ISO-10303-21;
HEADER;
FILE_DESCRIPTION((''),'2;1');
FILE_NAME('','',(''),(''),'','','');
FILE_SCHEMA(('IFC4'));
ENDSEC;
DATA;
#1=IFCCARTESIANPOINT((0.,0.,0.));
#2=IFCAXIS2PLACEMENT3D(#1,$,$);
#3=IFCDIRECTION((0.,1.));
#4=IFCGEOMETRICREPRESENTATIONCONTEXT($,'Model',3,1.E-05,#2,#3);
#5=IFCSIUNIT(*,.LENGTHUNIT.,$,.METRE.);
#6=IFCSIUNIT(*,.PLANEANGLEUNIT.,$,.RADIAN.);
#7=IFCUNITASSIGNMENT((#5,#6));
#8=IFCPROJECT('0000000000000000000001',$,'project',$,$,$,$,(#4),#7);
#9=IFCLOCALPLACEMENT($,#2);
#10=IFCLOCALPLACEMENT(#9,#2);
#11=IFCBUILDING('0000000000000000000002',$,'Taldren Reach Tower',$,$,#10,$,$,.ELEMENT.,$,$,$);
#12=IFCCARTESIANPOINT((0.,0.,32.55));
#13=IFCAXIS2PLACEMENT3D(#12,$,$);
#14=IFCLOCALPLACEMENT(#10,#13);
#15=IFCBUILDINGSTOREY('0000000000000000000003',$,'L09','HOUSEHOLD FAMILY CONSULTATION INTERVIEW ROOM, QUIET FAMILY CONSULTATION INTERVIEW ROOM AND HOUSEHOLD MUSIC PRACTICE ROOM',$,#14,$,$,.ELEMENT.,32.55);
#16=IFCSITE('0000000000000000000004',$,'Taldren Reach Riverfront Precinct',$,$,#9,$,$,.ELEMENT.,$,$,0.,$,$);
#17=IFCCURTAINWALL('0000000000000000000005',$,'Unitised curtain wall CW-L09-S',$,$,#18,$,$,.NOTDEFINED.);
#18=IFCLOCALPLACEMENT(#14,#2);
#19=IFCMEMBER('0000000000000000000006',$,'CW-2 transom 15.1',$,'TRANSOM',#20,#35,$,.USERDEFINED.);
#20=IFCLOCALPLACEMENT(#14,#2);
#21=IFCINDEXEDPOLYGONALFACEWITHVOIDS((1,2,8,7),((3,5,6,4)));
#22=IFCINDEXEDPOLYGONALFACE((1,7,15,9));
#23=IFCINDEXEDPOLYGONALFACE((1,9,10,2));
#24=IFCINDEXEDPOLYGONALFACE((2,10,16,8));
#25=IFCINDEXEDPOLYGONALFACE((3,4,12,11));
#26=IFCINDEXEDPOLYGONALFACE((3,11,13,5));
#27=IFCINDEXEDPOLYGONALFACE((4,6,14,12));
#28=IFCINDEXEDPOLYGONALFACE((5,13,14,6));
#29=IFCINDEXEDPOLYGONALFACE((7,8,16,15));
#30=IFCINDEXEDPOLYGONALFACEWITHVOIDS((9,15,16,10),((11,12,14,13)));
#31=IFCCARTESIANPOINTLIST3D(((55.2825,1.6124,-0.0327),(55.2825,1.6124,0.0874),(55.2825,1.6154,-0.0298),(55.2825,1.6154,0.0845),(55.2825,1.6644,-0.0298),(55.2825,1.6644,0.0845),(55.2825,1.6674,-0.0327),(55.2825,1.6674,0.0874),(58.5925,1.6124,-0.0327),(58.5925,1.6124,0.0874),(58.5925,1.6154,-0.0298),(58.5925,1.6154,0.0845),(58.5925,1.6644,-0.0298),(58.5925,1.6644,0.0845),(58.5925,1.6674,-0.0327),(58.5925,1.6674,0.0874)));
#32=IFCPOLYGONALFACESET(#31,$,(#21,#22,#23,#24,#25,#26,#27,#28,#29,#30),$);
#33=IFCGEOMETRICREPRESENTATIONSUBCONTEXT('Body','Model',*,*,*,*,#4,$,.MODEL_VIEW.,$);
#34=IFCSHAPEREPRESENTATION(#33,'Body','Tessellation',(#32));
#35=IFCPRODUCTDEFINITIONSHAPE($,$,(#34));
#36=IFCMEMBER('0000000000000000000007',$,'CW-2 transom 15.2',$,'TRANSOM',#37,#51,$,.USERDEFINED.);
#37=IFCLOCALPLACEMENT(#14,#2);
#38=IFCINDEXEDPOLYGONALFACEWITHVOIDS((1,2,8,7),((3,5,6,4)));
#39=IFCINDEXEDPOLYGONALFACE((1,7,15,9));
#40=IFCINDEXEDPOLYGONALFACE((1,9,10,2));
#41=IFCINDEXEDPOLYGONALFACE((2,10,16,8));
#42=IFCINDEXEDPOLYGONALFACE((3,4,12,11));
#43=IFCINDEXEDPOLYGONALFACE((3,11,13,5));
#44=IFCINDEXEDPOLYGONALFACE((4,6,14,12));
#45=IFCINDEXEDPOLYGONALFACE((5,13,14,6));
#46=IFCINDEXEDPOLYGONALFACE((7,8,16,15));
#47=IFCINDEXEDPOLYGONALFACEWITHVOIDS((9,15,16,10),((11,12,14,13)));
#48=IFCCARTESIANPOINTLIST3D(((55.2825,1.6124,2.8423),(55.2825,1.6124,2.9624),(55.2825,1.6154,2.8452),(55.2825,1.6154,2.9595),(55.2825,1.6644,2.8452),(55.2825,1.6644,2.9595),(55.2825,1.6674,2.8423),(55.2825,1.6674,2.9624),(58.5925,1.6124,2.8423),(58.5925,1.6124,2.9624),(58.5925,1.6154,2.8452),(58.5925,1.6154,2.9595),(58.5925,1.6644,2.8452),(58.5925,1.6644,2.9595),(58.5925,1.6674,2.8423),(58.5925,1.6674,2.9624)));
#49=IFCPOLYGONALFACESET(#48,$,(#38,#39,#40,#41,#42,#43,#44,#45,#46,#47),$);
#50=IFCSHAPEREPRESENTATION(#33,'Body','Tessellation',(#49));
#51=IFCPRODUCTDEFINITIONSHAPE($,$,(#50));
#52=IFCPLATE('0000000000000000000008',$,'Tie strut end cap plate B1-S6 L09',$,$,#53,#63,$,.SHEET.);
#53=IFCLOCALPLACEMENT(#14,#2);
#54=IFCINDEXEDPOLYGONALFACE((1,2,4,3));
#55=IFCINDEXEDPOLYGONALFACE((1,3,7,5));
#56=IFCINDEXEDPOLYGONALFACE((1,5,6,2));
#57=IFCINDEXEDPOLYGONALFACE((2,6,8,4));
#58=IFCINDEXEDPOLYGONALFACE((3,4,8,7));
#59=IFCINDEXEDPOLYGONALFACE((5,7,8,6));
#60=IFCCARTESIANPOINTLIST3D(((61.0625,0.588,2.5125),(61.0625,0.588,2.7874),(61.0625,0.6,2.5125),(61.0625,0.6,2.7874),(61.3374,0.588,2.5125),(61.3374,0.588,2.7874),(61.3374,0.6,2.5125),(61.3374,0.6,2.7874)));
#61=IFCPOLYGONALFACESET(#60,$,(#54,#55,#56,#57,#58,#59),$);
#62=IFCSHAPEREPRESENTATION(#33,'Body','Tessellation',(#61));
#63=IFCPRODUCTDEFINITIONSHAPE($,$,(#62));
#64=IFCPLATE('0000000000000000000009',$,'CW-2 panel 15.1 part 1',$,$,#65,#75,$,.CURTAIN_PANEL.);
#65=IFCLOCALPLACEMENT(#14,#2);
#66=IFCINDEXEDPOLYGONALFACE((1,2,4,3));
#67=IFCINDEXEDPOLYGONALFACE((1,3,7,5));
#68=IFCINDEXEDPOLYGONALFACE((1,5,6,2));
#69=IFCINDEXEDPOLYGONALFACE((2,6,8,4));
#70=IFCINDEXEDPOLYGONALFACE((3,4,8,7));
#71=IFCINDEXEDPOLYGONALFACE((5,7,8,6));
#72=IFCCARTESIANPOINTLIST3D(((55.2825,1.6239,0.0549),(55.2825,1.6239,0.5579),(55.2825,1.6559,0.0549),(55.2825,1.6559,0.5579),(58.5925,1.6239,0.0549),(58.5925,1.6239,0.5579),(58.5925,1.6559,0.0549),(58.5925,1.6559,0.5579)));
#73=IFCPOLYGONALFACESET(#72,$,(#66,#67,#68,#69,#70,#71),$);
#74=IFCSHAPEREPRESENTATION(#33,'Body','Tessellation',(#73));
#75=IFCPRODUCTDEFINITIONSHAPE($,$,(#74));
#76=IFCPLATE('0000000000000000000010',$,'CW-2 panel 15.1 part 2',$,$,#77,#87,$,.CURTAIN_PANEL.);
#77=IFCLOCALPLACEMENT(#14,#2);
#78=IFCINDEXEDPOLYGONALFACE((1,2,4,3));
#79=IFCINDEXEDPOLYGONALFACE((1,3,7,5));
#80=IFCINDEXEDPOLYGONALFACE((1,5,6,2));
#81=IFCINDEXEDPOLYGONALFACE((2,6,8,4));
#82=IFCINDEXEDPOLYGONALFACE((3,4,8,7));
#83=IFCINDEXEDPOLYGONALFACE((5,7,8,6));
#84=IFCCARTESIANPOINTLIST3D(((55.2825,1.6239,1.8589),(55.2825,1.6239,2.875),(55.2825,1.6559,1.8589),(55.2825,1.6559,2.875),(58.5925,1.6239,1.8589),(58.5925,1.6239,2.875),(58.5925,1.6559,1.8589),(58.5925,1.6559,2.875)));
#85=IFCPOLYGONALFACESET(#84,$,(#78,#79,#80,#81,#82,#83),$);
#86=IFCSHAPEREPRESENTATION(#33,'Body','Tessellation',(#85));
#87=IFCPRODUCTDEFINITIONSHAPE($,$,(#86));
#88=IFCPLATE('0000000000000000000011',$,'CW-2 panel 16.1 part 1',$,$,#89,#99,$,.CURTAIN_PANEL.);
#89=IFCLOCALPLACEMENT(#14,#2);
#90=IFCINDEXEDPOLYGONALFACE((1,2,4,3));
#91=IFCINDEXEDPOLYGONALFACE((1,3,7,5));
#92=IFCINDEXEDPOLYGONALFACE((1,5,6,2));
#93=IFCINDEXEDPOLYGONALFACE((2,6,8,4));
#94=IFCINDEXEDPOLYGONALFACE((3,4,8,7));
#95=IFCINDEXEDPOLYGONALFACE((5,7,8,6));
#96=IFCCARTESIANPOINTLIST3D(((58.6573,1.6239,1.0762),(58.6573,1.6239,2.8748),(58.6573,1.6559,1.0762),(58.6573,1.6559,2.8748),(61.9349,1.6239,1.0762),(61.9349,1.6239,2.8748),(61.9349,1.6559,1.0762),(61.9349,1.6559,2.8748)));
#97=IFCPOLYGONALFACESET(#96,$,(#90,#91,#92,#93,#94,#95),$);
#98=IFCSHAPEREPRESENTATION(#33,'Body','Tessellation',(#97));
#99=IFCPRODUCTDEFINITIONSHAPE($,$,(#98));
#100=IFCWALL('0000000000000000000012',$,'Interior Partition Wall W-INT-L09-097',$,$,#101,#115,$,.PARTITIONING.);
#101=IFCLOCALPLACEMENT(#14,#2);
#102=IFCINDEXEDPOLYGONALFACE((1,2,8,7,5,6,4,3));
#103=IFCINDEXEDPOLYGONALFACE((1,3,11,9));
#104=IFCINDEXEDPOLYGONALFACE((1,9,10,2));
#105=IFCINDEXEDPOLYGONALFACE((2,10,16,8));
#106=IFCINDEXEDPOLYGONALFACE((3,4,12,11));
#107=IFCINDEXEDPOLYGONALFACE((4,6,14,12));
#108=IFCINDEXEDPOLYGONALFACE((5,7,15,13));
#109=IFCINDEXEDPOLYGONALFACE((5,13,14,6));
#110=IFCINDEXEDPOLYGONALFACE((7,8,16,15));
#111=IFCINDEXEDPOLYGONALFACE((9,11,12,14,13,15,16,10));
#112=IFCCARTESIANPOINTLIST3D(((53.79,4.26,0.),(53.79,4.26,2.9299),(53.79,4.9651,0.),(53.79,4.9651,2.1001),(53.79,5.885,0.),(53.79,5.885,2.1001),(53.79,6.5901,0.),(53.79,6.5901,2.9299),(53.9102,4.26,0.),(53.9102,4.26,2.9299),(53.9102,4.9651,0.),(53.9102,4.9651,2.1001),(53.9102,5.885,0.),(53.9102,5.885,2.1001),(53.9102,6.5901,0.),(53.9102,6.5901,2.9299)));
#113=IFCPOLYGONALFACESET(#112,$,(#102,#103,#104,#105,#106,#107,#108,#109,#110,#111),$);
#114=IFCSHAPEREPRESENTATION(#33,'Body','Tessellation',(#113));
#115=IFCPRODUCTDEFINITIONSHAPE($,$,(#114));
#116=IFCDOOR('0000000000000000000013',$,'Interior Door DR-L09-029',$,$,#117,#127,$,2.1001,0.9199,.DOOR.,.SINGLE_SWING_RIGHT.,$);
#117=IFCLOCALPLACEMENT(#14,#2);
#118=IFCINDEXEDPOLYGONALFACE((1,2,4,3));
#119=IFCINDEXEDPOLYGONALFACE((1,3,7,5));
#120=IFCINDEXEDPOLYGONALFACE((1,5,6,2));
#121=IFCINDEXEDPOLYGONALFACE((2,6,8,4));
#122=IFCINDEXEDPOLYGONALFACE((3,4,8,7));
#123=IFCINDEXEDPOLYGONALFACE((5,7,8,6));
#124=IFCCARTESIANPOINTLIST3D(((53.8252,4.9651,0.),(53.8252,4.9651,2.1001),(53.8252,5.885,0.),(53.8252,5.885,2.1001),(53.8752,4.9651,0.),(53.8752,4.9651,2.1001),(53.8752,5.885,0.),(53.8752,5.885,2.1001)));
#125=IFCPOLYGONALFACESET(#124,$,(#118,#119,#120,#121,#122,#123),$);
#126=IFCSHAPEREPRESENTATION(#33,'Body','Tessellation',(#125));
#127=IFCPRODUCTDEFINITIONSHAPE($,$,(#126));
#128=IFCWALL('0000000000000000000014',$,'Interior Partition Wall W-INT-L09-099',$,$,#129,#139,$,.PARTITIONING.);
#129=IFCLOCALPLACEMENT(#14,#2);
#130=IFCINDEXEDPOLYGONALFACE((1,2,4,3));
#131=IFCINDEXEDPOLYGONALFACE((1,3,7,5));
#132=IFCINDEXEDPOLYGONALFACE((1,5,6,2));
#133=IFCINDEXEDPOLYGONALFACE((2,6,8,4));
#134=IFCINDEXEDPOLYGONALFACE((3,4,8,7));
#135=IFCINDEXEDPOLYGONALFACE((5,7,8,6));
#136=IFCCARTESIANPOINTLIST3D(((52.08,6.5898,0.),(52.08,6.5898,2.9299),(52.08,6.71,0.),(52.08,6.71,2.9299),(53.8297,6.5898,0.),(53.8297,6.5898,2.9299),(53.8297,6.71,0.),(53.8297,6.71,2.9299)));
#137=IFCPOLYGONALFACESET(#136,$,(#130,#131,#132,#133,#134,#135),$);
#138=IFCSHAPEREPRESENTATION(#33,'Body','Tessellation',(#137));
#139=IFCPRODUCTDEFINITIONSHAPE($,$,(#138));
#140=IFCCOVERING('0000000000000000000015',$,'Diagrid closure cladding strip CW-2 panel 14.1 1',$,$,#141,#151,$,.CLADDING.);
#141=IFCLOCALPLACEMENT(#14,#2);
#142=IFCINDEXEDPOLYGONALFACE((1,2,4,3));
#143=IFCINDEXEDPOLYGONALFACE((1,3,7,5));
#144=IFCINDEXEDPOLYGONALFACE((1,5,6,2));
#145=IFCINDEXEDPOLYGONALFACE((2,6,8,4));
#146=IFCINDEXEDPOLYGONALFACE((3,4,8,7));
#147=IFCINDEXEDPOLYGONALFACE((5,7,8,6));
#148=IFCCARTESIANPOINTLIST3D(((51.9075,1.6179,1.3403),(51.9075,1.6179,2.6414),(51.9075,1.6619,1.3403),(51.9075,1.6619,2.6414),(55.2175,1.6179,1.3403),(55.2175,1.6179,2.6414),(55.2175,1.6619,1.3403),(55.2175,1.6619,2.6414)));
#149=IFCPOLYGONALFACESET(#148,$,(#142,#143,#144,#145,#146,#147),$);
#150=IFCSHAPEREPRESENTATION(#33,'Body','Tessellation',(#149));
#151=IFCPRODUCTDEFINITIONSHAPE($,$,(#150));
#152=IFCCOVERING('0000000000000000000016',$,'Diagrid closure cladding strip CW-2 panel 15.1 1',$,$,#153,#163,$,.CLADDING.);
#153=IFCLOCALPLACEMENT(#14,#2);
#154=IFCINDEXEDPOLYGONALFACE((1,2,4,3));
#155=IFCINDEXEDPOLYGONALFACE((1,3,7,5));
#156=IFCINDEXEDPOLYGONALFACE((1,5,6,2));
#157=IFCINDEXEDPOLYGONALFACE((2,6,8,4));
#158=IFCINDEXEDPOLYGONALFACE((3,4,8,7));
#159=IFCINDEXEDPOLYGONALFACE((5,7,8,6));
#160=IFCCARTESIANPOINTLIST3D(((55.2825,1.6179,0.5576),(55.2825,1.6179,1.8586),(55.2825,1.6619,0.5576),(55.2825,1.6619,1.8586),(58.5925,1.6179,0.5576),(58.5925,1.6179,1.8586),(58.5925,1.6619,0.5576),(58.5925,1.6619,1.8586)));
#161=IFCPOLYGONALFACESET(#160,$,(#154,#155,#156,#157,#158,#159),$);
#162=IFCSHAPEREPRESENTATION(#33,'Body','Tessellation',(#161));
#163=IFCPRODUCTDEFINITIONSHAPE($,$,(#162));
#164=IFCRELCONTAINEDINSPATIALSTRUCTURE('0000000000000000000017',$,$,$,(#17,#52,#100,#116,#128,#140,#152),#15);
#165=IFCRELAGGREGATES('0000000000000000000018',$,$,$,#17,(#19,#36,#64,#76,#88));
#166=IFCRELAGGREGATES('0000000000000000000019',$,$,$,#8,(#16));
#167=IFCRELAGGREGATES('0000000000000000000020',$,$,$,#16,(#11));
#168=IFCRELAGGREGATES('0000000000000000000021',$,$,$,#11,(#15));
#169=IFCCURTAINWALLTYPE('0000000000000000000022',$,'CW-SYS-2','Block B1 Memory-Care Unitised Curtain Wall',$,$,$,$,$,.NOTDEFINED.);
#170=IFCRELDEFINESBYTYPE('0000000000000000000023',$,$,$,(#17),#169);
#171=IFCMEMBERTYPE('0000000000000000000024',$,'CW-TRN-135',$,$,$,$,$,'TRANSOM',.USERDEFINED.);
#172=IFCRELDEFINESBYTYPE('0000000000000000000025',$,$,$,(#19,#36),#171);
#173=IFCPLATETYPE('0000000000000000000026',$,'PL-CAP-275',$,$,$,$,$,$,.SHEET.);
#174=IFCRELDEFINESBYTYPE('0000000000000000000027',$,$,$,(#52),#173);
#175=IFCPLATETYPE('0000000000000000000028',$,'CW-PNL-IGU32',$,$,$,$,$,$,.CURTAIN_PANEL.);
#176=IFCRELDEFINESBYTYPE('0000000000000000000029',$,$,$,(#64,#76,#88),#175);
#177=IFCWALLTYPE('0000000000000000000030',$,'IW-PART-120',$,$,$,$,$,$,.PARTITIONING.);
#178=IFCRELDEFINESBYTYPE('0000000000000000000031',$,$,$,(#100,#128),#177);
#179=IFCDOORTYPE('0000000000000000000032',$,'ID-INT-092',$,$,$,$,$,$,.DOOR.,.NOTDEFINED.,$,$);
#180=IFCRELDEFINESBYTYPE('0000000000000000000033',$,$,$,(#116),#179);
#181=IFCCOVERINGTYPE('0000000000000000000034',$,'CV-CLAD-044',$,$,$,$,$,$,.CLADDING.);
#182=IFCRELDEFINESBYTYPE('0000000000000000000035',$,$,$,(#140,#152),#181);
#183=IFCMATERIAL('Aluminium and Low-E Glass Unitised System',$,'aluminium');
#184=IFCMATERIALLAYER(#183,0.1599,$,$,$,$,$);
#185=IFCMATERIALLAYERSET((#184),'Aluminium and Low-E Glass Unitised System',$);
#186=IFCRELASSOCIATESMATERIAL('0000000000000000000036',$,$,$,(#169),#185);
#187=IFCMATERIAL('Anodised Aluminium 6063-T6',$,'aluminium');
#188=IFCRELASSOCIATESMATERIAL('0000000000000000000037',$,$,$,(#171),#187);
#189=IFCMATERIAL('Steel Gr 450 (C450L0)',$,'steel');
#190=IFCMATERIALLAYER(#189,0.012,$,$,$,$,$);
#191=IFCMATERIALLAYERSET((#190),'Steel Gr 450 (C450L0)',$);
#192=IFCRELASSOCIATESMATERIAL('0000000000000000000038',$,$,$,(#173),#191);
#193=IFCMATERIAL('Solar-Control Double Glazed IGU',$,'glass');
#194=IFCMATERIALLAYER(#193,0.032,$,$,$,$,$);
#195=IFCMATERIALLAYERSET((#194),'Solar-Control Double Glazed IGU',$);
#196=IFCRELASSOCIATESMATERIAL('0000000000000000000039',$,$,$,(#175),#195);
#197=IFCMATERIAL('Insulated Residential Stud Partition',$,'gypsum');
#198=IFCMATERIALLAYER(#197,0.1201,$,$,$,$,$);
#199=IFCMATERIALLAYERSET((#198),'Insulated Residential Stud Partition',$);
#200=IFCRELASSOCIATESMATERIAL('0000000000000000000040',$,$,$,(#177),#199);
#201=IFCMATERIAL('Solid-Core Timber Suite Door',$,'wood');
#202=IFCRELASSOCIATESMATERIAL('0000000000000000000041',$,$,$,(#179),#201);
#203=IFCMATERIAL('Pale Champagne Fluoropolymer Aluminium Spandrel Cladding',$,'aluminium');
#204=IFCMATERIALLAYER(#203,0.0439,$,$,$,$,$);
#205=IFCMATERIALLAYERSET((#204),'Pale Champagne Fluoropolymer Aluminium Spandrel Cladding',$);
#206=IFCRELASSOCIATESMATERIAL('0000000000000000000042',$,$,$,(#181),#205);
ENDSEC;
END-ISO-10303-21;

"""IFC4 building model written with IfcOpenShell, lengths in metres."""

from ifc_helpers import new_model, si_unit, direction, frame, frame_2d, origin, origin_2d, place, context, subcontext, project, spatial, rectangle, hollow_rectangle, extrude, source, transform, mapped, material, layer, layer_set, material_profile, profile_set, type_object, element, fill, aggregate, save


model = new_model("IFC4")

# Units and contexts
model_context = context("Model", 3, precision=1e-05, world=origin(), true_north=direction((0.0, 1.0)))
body_context = subcontext(model_context, "Body", "Model", "MODEL_VIEW")
ifc_project = project(units=[si_unit("LENGTHUNIT", "METRE"), si_unit("PLANEANGLEUNIT", "RADIAN")], contexts=[model_context])

# Site, building, storey
site_placement = place(None, origin())
site = spatial("IfcSite", under=ifc_project, at=site_placement, Name="Taldren Reach Riverfront Precinct", CompositionType="ELEMENT", RefElevation=0.0)
building_placement = place(site_placement, origin())
building = spatial("IfcBuilding", under=site, at=building_placement, Name="Taldren Reach Tower", CompositionType="ELEMENT")
storey_placement = place(building_placement, frame((0.0, 0.0, 32.55)))
storey = spatial("IfcBuildingStorey", under=building, at=storey_placement, Name="L09", Description="HOUSEHOLD FAMILY CONSULTATION INTERVIEW ROOM, QUIET FAMILY CONSULTATION INTERVIEW ROOM AND HOUSEHOLD MUSIC PRACTICE ROOM", CompositionType="ELEMENT", Elevation=32.55)

# Shared definitions
ifc_material_1 = material(Name="Steel Gr 450 (C450L0)", Category="steel")

# Curtain wall, members
ifc_material_2 = material(Name="Aluminium and Low-E Glass Unitised System", Category="aluminium")
ifc_layer_1 = layer(ifc_material_2, 0.1599)
ifc_layer_set_1 = layer_set([ifc_layer_1], Name="Aluminium and Low-E Glass Unitised System")
curtain_wall_type = type_object("IfcCurtainWallType", Name="CW-SYS-2", Description="Block B1 Memory-Care Unitised Curtain Wall", PredefinedType="NOTDEFINED", material=ifc_layer_set_1)
curtain_wall_placement = place(storey_placement, origin())
curtain_wall = element("IfcCurtainWall", 1, at=curtain_wall_placement, inside=storey, type_object=curtain_wall_type, Name="Unitised curtain wall CW-L09-S", PredefinedType="NOTDEFINED")
ifc_material_3 = material(Name="Anodised Aluminium 6063-T6", Category="aluminium")
ifc_material_profile_1 = material_profile(ifc_material_3, hollow_rectangle(XDim=0.0549, YDim=0.1201, WallThickness=0.0029, at=origin_2d()), Name="ALU-120x55x3RHS")
ifc_profile_set_1 = profile_set([ifc_material_profile_1], Name="Anodised Aluminium 6063-T6")
member_type_1 = type_object("IfcMemberType", Name="CW-TRN-135", ElementType="TRANSOM", PredefinedType="USERDEFINED", material=ifc_profile_set_1)
shared_shape_1 = source(origin(), body_context, "Body", "SweptSolid", [
    extrude(hollow_rectangle(XDim=0.0549, YDim=0.1201, WallThickness=0.0029, at=origin_2d()), origin(), (0.0, 0.0, 1.0), 3.3101),
])
member_1_placement = place(storey_placement, frame((55.2825, 1.6399, 0.0273), z_axis=(1.0, 0.0, 0.0), x_axis=(0.0, 1.0, 0.0)))
member_1 = element("IfcMember", 2, at=member_1_placement, type_object=member_type_1, Name="CW-2 transom 15.1", ObjectType="TRANSOM", PredefinedType="USERDEFINED", context=body_context, shape_type="MappedRepresentation", body=[
    mapped(shared_shape_1, transform((0.0, 0.0, 0.0), scale=1.0)),
])
member_2_placement = place(storey_placement, frame((55.2825, 1.6399, 2.9023), z_axis=(1.0, 0.0, 0.0), x_axis=(0.0, 1.0, 0.0)))
member_2 = element("IfcMember", 3, at=member_2_placement, type_object=member_type_1, Name="CW-2 transom 15.2", ObjectType="TRANSOM", PredefinedType="USERDEFINED", context=body_context, shape_type="MappedRepresentation", body=[
    mapped(shared_shape_1, transform((0.0, 0.0, 0.0), scale=1.0)),
])

# Plates
ifc_layer_2 = layer(ifc_material_1, 0.012)
ifc_layer_set_2 = layer_set([ifc_layer_2], Name="Steel Gr 450 (C450L0)")
plate_type_1 = type_object("IfcPlateType", Name="PL-CAP-275", PredefinedType="SHEET", material=ifc_layer_set_2)
shared_shape_2 = source(origin(), body_context, "Body", "SweptSolid", [
    extrude(rectangle(XDim=0.2749, YDim=0.012, at=origin_2d()), origin(), (0.0, 0.0, 1.0), 0.2749),
])
plate_1_placement = place(storey_placement, frame((61.2, 0.594, 2.5125), z_axis=(0.0, 0.0, 1.0), x_axis=(1.0, 0.0, 0.0)))
element("IfcPlate", 4, at=plate_1_placement, inside=storey, type_object=plate_type_1, Name="Tie strut end cap plate B1-S6 L09", PredefinedType="SHEET", context=body_context, shape_type="MappedRepresentation", body=[
    mapped(shared_shape_2, transform((0.0, 0.0, 0.0), scale=1.0)),
])
ifc_material_4 = material(Name="Solar-Control Double Glazed IGU", Category="glass")
ifc_layer_3 = layer(ifc_material_4, 0.032)
ifc_layer_set_3 = layer_set([ifc_layer_3], Name="Solar-Control Double Glazed IGU")
plate_type_2 = type_object("IfcPlateType", Name="CW-PNL-IGU32", PredefinedType="CURTAIN_PANEL", material=ifc_layer_set_3)
shared_shape_3 = source(origin(), body_context, "Body", "SweptSolid", [
    extrude(rectangle(XDim=3.3101, YDim=0.032, at=origin_2d()), origin(), (0.0, 0.0, 1.0), 0.5029),
])
plate_2_placement = place(storey_placement, frame((56.9375, 1.6399, 0.0549), z_axis=(0.0, 0.0, 1.0), x_axis=(1.0, 0.0, 0.0)))
plate_2 = element("IfcPlate", 5, at=plate_2_placement, type_object=plate_type_2, Name="CW-2 panel 15.1 part 1", PredefinedType="CURTAIN_PANEL", context=body_context, shape_type="MappedRepresentation", body=[
    mapped(shared_shape_3, transform((0.0, 0.0, 0.0), scale=1.0)),
])
shared_shape_4 = source(origin(), body_context, "Body", "SweptSolid", [
    extrude(rectangle(XDim=3.3101, YDim=0.032, at=origin_2d()), origin(), (0.0, 0.0, 1.0), 1.0161),
])
plate_3_placement = place(storey_placement, frame((56.9375, 1.6399, 1.8589), z_axis=(0.0, 0.0, 1.0), x_axis=(1.0, 0.0, 0.0)))
plate_3 = element("IfcPlate", 6, at=plate_3_placement, type_object=plate_type_2, Name="CW-2 panel 15.1 part 2", PredefinedType="CURTAIN_PANEL", context=body_context, shape_type="MappedRepresentation", body=[
    mapped(shared_shape_4, transform((0.0, 0.0, 0.0), scale=1.0)),
])
shared_shape_5 = source(origin(), body_context, "Body", "SweptSolid", [
    extrude(rectangle(XDim=3.2776, YDim=0.032, at=origin_2d()), origin(), (0.0, 0.0, 1.0), 1.7986),
])
plate_4_placement = place(storey_placement, frame((60.2961, 1.6399, 1.0762), z_axis=(0.0, 0.0, 1.0), x_axis=(1.0, 0.0, 0.0)))
plate_4 = element("IfcPlate", 7, at=plate_4_placement, type_object=plate_type_2, Name="CW-2 panel 16.1 part 1", PredefinedType="CURTAIN_PANEL", context=body_context, shape_type="MappedRepresentation", body=[
    mapped(shared_shape_5, transform((0.0, 0.0, 0.0), scale=1.0)),
])
aggregate(curtain_wall, [member_1, member_2, plate_2, plate_3, plate_4])

# Wall, opening, door
ifc_material_5 = material(Name="Insulated Residential Stud Partition", Category="gypsum")
ifc_layer_4 = layer(ifc_material_5, 0.1201)
ifc_layer_set_4 = layer_set([ifc_layer_4], Name="Insulated Residential Stud Partition")
wall_type = type_object("IfcWallType", Name="IW-PART-120", PredefinedType="PARTITIONING", material=ifc_layer_set_4)
shared_shape_6 = source(origin(), body_context, "Body", "SweptSolid", [
    extrude(rectangle(XDim=2.3301, YDim=0.1201, at=frame_2d((1.165, 0.0))), origin(), (0.0, 0.0, 1.0), 2.9299),
])
wall_1_placement = place(storey_placement, frame((53.8501, 4.26, 0.0), z_axis=(0.0, 0.0, 1.0), x_axis=(0.0, 1.0, 0.0)))
wall_1 = element("IfcWall", 8, at=wall_1_placement, inside=storey, type_object=wall_type, Name="Interior Partition Wall W-INT-L09-097", PredefinedType="PARTITIONING", context=body_context, shape_type="MappedRepresentation", body=[
    mapped(shared_shape_6, transform((0.0, 0.0, 0.0), scale=1.0)),
])
shared_shape_7 = source(origin(), body_context, "Body", "SweptSolid", [
    extrude(rectangle(XDim=0.9199, YDim=2.1001, at=frame_2d((0.46, 1.05))), frame((0.0, 0.0701, 0.0), z_axis=(0.0, -1.0, 0.0), x_axis=(1.0, 0.0, 0.0)), (0.0, 0.0, 1.0), 0.1401),
])
opening_placement = place(wall_1_placement, frame((0.7051, 0.0, 0.0)))
opening = element("IfcOpeningElement", 9, at=opening_placement, cuts=wall_1, PredefinedType="OPENING", context=body_context, shape_type="MappedRepresentation", body=[
    mapped(shared_shape_7, transform((0.0, 0.0, 0.0), scale=1.0)),
])
ifc_material_6 = material(Name="Solid-Core Timber Suite Door", Category="wood")
door_type = type_object("IfcDoorType", Name="ID-INT-092", OperationType="NOTDEFINED", PredefinedType="DOOR", material=ifc_material_6)
shared_shape_8 = source(origin(), body_context, "Body", "SweptSolid", [
    extrude(rectangle(XDim=0.9199, YDim=2.1001, at=frame_2d((0.46, 1.05))), frame((0.0, 0.0249, 0.0), z_axis=(0.0, -1.0, 0.0), x_axis=(1.0, 0.0, 0.0)), (0.0, 0.0, 1.0), 0.05),
])
door_placement = place(opening_placement, origin())
door = element("IfcDoor", 10, at=door_placement, inside=storey, type_object=door_type, Name="Interior Door DR-L09-029", OperationType="SINGLE_SWING_RIGHT", OverallHeight=2.1001, OverallWidth=0.9199, PredefinedType="DOOR", context=body_context, shape_type="MappedRepresentation", body=[
    mapped(shared_shape_8, transform((0.0, 0.0, 0.0), scale=1.0)),
])
fill(opening, door)

# Wall
shared_shape_9 = source(origin(), body_context, "Body", "SweptSolid", [
    extrude(rectangle(XDim=1.7498, YDim=0.1201, at=frame_2d((0.875, 0.0))), origin(), (0.0, 0.0, 1.0), 2.9299),
])
wall_2_placement = place(storey_placement, frame((53.8298, 6.6499, 0.0), z_axis=(0.0, 0.0, 1.0), x_axis=(-1.0, 0.0, 0.0)))
element("IfcWall", 11, at=wall_2_placement, inside=storey, type_object=wall_type, Name="Interior Partition Wall W-INT-L09-099", PredefinedType="PARTITIONING", context=body_context, shape_type="MappedRepresentation", body=[
    mapped(shared_shape_9, transform((0.0, 0.0, 0.0), scale=1.0)),
])

# Coverings
ifc_material_7 = material(Name="Pale Champagne Fluoropolymer Aluminium Spandrel Cladding", Category="aluminium")
ifc_layer_5 = layer(ifc_material_7, 0.0439)
ifc_layer_set_5 = layer_set([ifc_layer_5], Name="Pale Champagne Fluoropolymer Aluminium Spandrel Cladding")
covering_type = type_object("IfcCoveringType", Name="CV-CLAD-044", PredefinedType="CLADDING", material=ifc_layer_set_5)
shared_shape_10 = source(origin(), body_context, "Body", "SweptSolid", [
    extrude(rectangle(XDim=3.3101, YDim=0.0439, at=origin_2d()), origin(), (0.0, 0.0, 1.0), 1.301),
])
for number, where, z_axis, x_axis, name in (
    (12, (53.5625, 1.6399, 1.3403), (0.0, 0.0, 1.0), (1.0, 0.0, 0.0), "Diagrid closure cladding strip CW-2 panel 14.1 1"),
    (13, (56.9375, 1.6399, 0.5576), (0.0, 0.0, 1.0), (1.0, 0.0, 0.0), "Diagrid closure cladding strip CW-2 panel 15.1 1"),
):
    element("IfcCovering", number, at=place(storey_placement, frame(where, z_axis=z_axis, x_axis=x_axis)), inside=storey, type_object=covering_type, Name=name, PredefinedType="CLADDING", context=body_context, shape_type="MappedRepresentation", body=[
        mapped(shared_shape_10, transform((0.0, 0.0, 0.0), scale=1.0)),
    ])

save(model, "model.ifc")
